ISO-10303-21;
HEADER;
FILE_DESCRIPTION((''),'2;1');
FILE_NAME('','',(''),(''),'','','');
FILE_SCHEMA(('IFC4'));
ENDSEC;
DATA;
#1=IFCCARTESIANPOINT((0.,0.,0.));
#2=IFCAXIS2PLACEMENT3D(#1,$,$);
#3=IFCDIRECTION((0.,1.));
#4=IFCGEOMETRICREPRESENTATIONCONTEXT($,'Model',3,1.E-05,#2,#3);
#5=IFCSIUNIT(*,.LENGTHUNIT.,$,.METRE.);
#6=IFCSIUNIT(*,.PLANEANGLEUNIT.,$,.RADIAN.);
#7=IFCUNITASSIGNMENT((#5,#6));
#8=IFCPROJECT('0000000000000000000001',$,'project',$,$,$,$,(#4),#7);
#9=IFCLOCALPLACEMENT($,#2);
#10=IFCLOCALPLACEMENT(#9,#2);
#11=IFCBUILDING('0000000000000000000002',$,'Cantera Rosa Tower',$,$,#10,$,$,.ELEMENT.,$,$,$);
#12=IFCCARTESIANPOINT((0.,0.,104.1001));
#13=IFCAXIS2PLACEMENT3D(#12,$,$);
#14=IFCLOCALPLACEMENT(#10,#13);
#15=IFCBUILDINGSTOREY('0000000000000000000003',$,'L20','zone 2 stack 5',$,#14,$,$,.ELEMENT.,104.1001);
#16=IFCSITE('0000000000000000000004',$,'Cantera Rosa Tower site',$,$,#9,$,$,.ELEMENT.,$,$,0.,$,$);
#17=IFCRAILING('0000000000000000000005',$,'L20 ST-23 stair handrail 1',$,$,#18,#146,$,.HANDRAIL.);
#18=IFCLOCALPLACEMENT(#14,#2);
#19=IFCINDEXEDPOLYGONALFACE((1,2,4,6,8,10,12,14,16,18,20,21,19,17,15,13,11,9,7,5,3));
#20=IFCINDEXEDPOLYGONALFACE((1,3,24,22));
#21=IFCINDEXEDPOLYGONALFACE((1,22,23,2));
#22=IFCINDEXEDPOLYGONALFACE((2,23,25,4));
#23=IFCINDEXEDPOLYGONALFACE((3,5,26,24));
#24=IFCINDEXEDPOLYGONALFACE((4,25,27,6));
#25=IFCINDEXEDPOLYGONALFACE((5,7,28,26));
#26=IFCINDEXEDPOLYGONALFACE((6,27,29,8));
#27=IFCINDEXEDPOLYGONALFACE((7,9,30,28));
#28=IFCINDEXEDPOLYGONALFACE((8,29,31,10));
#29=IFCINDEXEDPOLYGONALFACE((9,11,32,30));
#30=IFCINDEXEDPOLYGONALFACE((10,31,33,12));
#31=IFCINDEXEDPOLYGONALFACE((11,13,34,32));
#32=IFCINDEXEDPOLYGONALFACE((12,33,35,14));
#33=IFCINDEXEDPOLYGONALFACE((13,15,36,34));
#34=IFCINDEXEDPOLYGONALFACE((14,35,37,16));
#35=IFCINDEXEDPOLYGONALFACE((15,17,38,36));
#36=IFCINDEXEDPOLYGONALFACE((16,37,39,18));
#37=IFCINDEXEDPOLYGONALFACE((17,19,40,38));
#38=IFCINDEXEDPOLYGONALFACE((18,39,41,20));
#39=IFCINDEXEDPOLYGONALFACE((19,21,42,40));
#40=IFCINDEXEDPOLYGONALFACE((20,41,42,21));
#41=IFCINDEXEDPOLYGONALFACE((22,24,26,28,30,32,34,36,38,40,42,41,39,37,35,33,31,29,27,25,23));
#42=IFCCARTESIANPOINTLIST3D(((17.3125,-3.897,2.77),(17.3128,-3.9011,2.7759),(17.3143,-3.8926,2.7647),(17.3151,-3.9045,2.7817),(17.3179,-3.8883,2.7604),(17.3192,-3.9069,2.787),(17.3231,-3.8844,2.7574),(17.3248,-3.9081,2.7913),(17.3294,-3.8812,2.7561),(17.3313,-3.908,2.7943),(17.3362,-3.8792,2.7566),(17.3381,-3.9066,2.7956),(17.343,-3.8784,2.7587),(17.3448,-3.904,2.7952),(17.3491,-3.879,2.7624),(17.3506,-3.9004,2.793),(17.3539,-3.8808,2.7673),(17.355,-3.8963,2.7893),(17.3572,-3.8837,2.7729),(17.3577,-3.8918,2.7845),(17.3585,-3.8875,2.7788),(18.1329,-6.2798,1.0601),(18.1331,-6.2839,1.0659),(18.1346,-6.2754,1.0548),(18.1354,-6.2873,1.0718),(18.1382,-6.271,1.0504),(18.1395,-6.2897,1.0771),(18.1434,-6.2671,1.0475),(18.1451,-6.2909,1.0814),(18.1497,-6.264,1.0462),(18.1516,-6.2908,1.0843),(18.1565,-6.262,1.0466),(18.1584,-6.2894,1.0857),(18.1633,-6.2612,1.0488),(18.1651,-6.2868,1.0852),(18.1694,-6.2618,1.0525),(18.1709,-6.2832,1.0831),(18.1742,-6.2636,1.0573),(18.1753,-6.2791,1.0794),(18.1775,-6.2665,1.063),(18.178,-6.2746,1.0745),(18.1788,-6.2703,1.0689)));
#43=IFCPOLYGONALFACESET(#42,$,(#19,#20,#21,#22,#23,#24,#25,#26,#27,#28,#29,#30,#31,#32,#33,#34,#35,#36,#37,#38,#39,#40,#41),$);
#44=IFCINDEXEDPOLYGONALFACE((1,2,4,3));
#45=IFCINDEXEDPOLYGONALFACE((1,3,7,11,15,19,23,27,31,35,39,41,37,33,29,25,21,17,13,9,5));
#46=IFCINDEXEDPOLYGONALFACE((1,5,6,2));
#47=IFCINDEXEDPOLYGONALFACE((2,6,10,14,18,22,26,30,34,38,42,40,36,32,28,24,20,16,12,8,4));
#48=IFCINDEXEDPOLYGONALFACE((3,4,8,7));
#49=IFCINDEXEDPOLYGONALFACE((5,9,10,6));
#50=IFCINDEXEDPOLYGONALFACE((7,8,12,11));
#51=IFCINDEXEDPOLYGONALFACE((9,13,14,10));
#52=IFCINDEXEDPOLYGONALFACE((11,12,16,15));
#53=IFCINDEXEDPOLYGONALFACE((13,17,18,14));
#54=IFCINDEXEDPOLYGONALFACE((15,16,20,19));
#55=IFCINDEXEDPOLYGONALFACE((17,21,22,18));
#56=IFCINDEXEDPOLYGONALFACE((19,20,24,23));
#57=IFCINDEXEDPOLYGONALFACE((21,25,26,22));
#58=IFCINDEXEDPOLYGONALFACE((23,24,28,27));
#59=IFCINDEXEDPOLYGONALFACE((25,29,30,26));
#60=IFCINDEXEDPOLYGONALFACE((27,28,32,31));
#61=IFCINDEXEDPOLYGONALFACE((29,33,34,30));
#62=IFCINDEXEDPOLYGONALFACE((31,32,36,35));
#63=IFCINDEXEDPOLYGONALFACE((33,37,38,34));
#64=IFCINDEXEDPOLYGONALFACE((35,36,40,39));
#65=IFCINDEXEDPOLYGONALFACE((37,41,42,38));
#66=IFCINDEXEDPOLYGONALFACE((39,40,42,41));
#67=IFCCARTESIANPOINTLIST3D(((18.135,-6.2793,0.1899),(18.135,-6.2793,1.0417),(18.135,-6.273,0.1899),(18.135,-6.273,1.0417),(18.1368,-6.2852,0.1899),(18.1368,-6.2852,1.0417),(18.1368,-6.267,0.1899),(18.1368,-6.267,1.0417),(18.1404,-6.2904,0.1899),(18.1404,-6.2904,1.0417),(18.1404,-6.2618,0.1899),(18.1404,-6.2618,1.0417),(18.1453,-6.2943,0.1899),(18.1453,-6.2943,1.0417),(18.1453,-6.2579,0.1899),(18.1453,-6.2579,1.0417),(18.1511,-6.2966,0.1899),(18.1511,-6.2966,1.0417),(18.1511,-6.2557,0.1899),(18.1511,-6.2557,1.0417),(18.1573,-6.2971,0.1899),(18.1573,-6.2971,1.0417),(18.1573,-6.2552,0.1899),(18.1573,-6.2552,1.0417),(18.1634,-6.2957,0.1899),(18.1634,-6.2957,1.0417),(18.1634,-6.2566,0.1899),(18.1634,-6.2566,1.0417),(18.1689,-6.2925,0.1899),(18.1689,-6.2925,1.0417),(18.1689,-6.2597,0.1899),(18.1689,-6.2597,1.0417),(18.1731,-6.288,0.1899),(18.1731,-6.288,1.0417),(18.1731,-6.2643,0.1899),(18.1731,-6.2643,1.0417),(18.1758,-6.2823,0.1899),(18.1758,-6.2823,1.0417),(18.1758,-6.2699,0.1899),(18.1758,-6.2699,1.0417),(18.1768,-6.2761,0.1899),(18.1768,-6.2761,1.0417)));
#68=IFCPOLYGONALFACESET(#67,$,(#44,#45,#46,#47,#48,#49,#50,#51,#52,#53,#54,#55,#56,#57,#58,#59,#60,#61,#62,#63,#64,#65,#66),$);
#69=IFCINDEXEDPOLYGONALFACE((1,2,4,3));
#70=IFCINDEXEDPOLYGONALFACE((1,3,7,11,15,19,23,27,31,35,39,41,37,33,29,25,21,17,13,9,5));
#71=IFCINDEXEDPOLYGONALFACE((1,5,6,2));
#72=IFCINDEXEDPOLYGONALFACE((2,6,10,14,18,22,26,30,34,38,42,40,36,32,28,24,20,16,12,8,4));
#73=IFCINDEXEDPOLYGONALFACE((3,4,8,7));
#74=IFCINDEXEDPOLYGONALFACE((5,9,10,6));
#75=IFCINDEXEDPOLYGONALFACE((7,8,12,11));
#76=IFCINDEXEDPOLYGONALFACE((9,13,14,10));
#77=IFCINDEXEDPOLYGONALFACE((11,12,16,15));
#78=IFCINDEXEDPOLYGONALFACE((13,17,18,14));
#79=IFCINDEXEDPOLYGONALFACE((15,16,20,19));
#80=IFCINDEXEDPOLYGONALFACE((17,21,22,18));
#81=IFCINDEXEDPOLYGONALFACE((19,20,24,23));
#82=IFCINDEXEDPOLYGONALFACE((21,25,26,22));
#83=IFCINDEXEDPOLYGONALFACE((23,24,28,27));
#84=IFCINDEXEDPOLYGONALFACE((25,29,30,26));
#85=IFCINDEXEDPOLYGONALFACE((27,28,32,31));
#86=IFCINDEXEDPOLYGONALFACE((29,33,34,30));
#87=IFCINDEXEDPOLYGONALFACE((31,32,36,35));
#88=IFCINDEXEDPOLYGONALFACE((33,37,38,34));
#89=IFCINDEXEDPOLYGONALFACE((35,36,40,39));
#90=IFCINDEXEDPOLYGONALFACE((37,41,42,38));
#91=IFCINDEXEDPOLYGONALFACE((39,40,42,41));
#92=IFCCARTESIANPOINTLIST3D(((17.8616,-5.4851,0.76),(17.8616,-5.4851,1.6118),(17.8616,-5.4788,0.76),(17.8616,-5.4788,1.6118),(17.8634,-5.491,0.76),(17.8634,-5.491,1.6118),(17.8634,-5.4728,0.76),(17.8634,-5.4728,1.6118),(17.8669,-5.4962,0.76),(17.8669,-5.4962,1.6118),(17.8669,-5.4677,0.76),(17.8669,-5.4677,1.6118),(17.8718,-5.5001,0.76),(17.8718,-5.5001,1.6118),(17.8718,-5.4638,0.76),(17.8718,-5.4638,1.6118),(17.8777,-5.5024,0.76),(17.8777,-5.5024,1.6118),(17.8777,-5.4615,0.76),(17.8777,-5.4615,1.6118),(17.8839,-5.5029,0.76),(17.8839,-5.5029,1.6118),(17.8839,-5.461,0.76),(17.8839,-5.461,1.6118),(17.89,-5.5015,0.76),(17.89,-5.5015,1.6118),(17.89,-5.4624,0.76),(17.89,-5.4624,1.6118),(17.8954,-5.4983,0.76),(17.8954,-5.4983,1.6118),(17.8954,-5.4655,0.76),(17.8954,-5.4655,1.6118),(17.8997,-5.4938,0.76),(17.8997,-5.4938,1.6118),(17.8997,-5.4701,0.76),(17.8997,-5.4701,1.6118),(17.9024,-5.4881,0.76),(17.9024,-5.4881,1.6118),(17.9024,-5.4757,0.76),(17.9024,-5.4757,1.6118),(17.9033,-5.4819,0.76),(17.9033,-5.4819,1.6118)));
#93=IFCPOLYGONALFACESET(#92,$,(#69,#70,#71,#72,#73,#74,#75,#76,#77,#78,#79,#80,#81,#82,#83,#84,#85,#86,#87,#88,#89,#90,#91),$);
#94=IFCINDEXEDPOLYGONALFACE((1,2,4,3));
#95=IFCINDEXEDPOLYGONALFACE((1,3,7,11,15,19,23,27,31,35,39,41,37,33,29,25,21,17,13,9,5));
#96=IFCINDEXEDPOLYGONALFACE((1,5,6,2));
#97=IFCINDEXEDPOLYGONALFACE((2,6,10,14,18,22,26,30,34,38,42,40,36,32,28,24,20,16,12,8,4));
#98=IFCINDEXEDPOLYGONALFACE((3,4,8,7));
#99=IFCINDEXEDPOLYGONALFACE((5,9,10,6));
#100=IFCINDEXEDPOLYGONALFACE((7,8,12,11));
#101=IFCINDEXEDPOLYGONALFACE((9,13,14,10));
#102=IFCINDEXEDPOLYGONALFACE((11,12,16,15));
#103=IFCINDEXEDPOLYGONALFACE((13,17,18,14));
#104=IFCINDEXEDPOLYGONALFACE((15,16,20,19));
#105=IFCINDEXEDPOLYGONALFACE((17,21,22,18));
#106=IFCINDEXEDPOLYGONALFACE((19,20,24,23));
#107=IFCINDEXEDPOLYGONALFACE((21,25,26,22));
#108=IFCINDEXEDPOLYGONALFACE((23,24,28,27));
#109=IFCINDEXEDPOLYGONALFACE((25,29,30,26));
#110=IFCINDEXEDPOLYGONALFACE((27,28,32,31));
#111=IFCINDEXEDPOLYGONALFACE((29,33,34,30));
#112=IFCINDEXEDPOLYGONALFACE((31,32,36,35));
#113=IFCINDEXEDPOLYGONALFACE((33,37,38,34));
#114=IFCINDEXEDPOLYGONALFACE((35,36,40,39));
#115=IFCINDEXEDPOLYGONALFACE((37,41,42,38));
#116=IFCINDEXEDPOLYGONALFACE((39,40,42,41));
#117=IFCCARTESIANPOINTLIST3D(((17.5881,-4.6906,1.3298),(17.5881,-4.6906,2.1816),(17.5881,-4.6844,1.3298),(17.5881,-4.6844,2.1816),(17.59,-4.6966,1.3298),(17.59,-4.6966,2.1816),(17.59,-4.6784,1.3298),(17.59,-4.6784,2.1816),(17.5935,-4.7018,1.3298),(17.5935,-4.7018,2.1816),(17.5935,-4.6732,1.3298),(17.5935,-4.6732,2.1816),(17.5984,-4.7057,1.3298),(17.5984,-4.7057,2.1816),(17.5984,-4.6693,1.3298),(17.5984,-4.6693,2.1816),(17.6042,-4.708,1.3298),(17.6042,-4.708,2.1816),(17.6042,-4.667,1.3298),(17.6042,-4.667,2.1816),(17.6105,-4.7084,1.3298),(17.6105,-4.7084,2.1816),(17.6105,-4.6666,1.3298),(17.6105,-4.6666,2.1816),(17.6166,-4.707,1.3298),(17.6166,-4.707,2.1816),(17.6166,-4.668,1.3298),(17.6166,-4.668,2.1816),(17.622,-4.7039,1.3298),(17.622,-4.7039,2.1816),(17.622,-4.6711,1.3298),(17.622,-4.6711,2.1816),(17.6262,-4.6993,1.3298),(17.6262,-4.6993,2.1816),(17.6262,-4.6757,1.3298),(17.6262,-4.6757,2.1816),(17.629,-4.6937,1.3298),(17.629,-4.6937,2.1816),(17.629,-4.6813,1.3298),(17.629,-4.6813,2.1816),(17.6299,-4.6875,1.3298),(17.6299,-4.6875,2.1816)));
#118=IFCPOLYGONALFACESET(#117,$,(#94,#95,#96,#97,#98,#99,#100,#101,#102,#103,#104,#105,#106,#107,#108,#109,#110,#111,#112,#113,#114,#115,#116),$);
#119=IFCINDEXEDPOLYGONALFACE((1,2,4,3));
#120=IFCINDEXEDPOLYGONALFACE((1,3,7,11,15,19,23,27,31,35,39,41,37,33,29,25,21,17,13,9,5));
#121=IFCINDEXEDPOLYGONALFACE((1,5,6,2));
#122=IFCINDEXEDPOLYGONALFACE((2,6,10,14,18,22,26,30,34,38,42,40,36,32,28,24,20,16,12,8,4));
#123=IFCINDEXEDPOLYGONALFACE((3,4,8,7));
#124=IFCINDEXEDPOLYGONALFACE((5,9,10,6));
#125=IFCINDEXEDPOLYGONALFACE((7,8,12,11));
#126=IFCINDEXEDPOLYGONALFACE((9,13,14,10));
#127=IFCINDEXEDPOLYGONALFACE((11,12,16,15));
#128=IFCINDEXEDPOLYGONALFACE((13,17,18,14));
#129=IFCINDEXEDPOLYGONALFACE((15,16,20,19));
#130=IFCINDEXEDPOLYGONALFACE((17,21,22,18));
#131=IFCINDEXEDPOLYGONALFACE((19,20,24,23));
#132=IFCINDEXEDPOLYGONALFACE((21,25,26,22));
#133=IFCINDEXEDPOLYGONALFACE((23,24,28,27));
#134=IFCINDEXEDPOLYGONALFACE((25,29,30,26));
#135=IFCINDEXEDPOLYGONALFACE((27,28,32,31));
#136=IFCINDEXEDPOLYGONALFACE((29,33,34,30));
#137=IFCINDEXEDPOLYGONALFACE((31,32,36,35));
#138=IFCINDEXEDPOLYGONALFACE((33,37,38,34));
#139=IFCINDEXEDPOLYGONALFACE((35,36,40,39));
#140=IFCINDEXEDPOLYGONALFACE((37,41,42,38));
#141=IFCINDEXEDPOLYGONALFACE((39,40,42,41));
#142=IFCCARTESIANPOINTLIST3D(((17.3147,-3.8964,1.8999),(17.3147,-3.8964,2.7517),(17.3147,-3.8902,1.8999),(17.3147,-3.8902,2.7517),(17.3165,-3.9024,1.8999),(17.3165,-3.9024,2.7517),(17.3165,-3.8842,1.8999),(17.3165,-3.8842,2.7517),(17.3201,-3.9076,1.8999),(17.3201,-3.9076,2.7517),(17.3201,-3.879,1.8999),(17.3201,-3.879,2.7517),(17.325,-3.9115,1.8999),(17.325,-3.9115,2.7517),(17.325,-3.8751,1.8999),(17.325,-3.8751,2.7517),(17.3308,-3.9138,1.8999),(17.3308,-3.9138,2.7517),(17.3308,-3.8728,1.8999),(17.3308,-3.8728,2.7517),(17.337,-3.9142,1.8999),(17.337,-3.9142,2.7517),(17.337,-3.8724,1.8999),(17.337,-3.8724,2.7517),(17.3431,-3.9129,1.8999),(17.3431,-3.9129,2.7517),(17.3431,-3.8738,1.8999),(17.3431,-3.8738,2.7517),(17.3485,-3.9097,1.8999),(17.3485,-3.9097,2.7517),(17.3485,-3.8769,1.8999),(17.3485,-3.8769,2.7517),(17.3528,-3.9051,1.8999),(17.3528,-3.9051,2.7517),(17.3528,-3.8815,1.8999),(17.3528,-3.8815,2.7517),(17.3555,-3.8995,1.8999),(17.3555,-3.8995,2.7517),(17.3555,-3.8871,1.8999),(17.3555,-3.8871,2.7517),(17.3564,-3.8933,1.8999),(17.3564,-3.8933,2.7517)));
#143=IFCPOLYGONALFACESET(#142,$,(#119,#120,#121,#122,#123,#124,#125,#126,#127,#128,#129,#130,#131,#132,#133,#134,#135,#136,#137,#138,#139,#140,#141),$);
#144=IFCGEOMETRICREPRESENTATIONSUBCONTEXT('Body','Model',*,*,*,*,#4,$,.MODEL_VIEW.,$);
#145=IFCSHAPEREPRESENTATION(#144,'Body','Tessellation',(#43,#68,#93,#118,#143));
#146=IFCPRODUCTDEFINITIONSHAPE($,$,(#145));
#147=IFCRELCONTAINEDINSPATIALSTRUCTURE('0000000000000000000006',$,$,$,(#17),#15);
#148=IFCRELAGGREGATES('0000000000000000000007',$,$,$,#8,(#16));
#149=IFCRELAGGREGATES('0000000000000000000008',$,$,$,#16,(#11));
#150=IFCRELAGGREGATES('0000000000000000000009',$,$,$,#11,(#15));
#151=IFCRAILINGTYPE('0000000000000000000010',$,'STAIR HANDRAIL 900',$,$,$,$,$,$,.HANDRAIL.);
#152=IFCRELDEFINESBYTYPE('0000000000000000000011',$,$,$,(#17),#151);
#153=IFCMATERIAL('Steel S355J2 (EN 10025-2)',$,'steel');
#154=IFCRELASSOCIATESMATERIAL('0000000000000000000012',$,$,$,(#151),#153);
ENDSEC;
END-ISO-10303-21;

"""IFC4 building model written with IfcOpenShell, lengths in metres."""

from ifc_helpers import new_model, si_unit, direction, frame, origin, origin_2d, place, context, subcontext, project, spatial, circle, extrude, material, type_object, element, save


model = new_model("IFC4")

# Units and contexts
model_context = context("Model", 3, precision=1e-05, world=origin(), true_north=direction((0.0, 1.0)))
body_context = subcontext(model_context, "Body", "Model", "MODEL_VIEW")
ifc_project = project(units=[si_unit("LENGTHUNIT", "METRE"), si_unit("PLANEANGLEUNIT", "RADIAN")], contexts=[model_context])

# Site, building, storey
site_placement = place(None, origin())
site = spatial("IfcSite", under=ifc_project, at=site_placement, Name="Cantera Rosa Tower site", CompositionType="ELEMENT", RefElevation=0.0)
building_placement = place(site_placement, origin())
building = spatial("IfcBuilding", under=site, at=building_placement, Name="Cantera Rosa Tower", CompositionType="ELEMENT")
storey_placement = place(building_placement, frame((0.0, 0.0, 104.1001)))
storey = spatial("IfcBuildingStorey", under=building, at=storey_placement, Name="L20", Description="zone 2 stack 5", CompositionType="ELEMENT", Elevation=104.1001)

# Railing
ifc_material_1 = material(Name="Steel S355J2 (EN 10025-2)", Category="steel")
railing_type_1 = type_object("IfcRailingType", Name="STAIR HANDRAIL 900", PredefinedType="HANDRAIL", material=ifc_material_1)
railing_1_placement = place(storey_placement, frame((18.1558, -6.2761, 0.1899)))
element("IfcRailing", 1, at=railing_1_placement, inside=storey, type_object=railing_type_1, Name="L20 ST-23 stair handrail 1", PredefinedType="HANDRAIL", context=body_context, shape_type="SweptSolid", body=[
    extrude(circle(Radius=0.0239, at=origin_2d()), frame((0.0, 0.0, 0.876), z_axis=(-0.269358, 0.782421, 0.561483), x_axis=(-0.945538, -0.325513, 0.0)), (0.0, 0.0, 1.0), 3.0454),
    extrude(circle(Radius=0.021, at=origin_2d()), origin(), (0.0, 0.0, 1.0), 0.8518),
    extrude(circle(Radius=0.021, at=origin_2d()), frame((-0.2734, 0.7942, 0.5701)), (0.0, 0.0, 1.0), 0.8518),
    extrude(circle(Radius=0.021, at=origin_2d()), frame((-0.5469, 1.5886, 1.1399)), (0.0, 0.0, 1.0), 0.8518),
    extrude(circle(Radius=0.021, at=origin_2d()), frame((-0.8203, 2.3828, 1.71)), (0.0, 0.0, 1.0), 0.8518),
])

save(model, "model.ifc")
